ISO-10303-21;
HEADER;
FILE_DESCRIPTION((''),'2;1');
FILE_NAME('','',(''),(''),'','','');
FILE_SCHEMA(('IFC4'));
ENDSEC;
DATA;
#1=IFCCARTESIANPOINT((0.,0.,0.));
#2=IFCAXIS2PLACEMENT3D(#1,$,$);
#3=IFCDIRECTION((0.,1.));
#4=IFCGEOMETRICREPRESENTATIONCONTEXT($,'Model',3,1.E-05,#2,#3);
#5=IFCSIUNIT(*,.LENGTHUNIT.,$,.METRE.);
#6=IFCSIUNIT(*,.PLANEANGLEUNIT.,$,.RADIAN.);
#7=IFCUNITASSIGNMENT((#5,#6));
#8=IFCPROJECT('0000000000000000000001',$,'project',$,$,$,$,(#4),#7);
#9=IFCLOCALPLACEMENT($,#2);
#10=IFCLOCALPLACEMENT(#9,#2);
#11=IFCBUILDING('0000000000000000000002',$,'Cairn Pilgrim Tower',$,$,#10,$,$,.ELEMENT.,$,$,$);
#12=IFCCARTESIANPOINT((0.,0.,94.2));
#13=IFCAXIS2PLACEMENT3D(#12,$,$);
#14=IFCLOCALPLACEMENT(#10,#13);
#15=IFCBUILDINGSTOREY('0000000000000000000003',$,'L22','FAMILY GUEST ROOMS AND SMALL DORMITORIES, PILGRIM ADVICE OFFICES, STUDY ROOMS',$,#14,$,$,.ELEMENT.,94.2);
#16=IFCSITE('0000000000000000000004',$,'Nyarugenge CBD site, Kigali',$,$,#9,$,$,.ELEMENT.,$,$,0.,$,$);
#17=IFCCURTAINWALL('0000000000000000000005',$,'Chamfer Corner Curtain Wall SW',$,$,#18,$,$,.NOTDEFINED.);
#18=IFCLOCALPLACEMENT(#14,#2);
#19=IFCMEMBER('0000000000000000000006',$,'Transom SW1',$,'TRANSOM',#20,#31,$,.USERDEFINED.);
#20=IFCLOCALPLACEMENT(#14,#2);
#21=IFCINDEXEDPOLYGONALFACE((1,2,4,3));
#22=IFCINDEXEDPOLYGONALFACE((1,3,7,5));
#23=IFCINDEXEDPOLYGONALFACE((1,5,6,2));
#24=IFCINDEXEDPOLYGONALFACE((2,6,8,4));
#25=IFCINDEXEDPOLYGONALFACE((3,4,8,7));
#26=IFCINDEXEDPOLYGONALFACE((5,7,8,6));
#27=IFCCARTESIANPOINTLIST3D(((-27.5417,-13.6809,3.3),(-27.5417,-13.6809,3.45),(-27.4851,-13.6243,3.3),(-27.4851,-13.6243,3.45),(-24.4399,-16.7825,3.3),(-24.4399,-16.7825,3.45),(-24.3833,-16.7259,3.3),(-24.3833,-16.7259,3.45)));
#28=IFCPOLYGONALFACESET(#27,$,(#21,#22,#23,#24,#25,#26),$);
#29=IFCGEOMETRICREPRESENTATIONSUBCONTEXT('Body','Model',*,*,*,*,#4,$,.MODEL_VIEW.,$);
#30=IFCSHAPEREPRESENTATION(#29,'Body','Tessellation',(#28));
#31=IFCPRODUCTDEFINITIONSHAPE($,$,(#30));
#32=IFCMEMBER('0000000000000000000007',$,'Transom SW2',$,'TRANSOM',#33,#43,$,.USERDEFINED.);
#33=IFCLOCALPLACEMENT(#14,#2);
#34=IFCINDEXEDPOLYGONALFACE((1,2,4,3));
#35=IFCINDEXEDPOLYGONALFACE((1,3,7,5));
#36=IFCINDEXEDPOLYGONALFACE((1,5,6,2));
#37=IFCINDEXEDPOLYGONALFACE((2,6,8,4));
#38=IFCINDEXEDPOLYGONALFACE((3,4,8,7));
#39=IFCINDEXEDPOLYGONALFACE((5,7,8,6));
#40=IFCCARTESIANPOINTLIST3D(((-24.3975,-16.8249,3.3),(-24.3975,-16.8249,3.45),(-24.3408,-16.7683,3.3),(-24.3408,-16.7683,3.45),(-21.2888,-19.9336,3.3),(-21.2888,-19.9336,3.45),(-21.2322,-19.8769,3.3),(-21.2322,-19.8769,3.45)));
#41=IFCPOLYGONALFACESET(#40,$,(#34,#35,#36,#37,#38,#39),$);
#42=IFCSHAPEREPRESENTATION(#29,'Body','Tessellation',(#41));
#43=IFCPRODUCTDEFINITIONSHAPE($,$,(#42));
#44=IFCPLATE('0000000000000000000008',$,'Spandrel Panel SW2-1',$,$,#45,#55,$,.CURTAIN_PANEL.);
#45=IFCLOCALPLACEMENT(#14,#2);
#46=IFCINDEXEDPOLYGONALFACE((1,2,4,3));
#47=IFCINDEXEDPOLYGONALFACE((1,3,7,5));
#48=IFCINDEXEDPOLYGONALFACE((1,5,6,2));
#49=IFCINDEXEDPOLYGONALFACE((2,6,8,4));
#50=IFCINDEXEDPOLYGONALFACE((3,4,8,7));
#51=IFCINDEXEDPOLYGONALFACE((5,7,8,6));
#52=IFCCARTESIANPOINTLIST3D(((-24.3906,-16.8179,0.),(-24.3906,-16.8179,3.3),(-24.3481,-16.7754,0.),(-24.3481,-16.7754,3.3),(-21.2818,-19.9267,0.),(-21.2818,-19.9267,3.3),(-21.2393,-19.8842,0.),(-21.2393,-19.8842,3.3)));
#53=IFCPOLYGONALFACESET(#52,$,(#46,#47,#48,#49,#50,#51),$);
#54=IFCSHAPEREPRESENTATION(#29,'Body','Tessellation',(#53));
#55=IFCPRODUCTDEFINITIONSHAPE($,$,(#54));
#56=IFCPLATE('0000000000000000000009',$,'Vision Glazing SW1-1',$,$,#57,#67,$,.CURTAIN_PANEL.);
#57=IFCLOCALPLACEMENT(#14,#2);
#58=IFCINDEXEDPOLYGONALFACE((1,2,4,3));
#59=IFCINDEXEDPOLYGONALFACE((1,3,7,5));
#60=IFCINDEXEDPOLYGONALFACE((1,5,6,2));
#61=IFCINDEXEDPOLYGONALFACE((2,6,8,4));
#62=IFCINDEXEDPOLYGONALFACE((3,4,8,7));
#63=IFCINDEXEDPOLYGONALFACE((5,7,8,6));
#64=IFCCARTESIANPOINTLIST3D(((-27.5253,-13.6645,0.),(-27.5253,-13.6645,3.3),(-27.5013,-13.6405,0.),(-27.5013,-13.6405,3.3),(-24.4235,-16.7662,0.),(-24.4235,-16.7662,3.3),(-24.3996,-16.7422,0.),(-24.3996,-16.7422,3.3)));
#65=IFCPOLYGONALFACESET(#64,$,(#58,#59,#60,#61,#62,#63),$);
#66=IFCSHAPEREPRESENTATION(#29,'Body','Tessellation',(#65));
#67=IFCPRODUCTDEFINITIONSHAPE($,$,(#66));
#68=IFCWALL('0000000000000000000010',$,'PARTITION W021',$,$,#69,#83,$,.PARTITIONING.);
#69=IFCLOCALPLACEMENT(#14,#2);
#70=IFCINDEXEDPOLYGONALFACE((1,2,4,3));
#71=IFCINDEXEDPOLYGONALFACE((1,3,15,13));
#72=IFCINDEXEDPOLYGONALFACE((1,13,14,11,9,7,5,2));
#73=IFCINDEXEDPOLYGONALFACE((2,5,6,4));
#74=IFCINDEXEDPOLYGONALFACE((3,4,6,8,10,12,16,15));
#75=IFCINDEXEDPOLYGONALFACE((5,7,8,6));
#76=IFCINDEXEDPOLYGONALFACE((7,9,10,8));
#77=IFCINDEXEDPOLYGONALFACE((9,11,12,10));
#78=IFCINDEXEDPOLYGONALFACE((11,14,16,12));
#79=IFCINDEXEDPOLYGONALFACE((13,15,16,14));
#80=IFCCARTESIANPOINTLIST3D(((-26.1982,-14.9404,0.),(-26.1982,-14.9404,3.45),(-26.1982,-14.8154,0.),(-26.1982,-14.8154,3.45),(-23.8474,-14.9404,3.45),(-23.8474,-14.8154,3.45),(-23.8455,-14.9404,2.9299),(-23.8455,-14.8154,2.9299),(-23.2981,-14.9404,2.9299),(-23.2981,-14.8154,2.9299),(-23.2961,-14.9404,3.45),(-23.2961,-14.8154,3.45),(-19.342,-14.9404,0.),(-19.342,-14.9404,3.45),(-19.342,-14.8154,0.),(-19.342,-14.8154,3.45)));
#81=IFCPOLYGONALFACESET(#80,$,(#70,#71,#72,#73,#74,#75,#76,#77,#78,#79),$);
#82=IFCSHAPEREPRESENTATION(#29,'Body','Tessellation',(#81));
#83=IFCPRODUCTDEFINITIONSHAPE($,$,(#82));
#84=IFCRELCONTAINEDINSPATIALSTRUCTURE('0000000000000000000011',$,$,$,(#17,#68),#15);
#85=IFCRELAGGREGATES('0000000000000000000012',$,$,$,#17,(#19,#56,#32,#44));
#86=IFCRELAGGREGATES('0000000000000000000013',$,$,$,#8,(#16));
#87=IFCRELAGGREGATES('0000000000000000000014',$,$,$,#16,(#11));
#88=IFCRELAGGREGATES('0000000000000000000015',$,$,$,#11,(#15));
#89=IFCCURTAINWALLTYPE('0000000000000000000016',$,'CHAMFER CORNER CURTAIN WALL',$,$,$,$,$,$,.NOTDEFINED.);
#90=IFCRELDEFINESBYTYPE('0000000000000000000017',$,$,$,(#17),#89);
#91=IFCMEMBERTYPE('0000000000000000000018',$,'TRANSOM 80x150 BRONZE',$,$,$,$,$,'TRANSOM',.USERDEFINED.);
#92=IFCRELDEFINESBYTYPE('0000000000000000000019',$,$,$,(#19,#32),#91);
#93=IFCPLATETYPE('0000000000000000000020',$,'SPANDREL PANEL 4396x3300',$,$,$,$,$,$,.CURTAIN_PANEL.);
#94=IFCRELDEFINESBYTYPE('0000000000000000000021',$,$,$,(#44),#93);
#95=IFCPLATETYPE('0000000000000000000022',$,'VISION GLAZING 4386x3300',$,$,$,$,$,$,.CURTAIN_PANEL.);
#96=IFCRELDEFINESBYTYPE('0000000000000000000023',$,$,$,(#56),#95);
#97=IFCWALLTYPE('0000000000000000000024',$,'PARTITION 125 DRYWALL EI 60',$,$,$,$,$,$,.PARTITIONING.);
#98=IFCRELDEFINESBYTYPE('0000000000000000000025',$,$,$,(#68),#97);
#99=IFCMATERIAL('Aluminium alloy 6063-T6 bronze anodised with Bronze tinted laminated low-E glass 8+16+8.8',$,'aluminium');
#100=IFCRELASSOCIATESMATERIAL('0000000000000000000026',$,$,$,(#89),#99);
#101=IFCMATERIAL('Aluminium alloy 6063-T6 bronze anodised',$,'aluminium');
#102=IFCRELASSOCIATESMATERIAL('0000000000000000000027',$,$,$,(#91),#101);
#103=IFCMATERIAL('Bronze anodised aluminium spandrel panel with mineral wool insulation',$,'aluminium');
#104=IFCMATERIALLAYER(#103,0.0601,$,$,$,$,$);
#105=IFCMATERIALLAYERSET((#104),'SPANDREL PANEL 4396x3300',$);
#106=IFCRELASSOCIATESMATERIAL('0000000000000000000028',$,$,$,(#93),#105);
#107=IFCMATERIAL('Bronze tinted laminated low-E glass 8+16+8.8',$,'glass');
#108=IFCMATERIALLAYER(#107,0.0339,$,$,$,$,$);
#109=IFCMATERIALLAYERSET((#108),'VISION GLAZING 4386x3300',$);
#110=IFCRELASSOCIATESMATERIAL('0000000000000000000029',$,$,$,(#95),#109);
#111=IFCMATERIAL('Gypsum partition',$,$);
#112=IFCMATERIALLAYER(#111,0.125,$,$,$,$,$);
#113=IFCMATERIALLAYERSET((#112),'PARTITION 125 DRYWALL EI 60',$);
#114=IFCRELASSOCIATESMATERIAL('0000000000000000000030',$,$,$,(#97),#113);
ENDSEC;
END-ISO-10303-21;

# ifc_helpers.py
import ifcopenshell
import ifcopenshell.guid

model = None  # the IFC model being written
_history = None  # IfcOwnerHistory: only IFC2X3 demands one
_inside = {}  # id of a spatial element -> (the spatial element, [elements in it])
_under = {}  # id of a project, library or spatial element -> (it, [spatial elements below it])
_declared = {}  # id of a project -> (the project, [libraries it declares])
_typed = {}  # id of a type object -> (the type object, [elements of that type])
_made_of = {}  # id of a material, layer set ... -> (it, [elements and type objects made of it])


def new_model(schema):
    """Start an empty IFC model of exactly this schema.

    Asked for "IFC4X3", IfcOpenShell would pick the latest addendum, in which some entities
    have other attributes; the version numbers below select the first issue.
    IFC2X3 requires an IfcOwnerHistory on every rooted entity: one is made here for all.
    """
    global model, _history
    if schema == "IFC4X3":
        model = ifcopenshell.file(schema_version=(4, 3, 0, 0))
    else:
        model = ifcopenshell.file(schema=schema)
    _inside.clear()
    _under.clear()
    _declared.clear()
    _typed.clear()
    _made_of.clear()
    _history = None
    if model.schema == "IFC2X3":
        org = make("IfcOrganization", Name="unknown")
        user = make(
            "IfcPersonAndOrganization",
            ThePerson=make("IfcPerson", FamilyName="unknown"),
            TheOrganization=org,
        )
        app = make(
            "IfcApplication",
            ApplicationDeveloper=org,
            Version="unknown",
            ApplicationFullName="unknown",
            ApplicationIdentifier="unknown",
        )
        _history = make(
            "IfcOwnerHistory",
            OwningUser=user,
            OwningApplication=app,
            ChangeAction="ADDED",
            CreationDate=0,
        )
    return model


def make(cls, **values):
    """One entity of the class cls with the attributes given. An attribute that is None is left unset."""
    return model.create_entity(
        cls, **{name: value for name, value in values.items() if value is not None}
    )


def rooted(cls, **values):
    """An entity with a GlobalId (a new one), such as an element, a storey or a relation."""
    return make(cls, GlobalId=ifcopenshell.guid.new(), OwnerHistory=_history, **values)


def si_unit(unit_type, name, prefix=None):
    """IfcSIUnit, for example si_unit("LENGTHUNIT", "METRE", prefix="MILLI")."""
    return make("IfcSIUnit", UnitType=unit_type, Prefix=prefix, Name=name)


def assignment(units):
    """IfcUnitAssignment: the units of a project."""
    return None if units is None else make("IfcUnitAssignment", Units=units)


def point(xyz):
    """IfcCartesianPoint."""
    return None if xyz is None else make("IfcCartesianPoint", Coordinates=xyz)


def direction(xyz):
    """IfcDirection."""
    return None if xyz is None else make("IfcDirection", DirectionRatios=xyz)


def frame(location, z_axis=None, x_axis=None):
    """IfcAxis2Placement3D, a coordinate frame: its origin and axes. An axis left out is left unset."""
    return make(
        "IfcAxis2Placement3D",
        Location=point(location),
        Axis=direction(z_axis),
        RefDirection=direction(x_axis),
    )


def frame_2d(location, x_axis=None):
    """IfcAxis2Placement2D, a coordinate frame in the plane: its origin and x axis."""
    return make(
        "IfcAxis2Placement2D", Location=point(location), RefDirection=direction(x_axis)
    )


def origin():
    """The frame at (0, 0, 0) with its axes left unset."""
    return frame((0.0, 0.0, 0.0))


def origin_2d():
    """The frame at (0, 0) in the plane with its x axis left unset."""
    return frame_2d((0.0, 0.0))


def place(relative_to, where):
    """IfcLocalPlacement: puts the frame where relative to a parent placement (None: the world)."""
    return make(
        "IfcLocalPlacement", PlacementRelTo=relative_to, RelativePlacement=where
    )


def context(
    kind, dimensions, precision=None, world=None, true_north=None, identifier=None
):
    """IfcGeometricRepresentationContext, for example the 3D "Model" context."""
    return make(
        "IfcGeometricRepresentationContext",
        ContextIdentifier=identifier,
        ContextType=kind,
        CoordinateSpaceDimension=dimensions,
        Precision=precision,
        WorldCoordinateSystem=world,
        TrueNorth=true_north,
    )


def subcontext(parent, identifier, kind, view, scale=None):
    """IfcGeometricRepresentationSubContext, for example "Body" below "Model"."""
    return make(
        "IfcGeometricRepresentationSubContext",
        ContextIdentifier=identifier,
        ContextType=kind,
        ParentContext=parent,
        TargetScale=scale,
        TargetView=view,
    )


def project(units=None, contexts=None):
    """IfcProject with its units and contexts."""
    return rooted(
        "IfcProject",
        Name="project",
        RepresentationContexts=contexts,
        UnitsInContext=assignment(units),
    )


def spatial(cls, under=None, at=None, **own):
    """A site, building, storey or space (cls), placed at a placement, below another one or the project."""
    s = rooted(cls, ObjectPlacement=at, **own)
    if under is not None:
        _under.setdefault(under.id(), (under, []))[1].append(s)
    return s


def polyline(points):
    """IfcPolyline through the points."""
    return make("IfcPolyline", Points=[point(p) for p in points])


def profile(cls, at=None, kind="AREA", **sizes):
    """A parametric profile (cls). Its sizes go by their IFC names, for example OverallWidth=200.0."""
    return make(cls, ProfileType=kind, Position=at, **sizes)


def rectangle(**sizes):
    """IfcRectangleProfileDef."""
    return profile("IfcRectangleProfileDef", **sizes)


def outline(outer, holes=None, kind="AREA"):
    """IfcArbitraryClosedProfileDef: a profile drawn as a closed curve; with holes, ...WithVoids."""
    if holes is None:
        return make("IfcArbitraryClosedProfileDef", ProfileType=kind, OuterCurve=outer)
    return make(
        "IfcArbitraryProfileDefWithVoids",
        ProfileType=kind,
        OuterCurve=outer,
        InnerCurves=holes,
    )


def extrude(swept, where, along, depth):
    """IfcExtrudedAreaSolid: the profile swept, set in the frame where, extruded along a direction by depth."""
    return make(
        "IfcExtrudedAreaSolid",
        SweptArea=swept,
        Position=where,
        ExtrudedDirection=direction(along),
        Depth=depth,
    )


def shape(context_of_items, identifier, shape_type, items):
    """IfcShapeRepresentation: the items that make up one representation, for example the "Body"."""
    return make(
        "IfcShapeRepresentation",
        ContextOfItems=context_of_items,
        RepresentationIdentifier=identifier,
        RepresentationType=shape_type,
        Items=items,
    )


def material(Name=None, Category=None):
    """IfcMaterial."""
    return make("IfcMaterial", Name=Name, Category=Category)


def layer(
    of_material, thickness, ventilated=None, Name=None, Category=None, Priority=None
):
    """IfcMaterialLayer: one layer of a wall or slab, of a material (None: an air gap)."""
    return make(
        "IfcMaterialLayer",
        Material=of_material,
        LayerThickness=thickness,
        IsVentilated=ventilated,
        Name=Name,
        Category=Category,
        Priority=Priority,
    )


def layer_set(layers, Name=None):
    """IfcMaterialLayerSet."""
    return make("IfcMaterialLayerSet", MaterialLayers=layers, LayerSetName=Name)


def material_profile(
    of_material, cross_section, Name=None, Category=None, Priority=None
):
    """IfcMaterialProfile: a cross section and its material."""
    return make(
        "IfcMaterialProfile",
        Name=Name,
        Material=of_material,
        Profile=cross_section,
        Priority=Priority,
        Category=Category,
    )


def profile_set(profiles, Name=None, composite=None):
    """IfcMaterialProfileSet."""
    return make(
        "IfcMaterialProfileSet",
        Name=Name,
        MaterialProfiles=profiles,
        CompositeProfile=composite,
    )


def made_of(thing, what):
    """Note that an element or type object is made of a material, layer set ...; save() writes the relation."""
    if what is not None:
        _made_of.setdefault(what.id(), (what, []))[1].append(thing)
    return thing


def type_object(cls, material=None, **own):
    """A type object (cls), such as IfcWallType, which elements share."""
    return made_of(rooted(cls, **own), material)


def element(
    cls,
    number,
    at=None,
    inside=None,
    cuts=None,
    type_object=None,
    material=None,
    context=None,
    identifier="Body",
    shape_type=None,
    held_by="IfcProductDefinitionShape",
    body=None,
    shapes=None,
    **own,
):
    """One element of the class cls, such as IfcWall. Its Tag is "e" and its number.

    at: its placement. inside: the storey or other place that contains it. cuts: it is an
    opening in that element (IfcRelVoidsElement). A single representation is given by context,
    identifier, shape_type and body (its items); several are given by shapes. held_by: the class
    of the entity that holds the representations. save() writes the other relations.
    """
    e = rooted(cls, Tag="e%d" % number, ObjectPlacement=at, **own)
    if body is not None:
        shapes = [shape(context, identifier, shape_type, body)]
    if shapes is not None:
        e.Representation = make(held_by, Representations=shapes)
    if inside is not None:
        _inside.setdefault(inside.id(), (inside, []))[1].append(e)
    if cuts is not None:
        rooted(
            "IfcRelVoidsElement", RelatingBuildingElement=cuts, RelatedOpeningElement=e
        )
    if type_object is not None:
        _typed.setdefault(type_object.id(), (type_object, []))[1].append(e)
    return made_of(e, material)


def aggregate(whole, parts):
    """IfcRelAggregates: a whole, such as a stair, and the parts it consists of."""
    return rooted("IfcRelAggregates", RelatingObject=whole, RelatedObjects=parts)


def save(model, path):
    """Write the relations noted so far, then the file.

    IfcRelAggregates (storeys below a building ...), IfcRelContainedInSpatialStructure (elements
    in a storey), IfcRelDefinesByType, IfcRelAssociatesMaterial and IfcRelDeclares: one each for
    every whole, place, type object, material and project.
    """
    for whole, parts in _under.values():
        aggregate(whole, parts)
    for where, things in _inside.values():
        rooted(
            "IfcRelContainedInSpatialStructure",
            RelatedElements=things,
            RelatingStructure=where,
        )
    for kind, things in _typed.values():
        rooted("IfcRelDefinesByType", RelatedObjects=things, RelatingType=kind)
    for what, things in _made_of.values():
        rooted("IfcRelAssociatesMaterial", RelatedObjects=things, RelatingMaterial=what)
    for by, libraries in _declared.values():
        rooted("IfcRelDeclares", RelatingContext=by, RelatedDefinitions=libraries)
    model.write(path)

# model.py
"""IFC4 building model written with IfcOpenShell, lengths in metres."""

from ifc_helpers import new_model, si_unit, direction, frame, origin, origin_2d, place, context, subcontext, project, spatial, polyline, rectangle, outline, extrude, material, layer, layer_set, material_profile, profile_set, type_object, element, aggregate, save


model = new_model("IFC4")

# Units and contexts
model_context = context("Model", 3, precision=1e-05, world=origin(), true_north=direction((0.0, 1.0)))
body_context = subcontext(model_context, "Body", "Model", "MODEL_VIEW")
ifc_project = project(units=[si_unit("LENGTHUNIT", "METRE"), si_unit("PLANEANGLEUNIT", "RADIAN")], contexts=[model_context])

# Site, building, storey
site_placement = place(None, origin())
site = spatial("IfcSite", under=ifc_project, at=site_placement, Name="Nyarugenge CBD site, Kigali", CompositionType="ELEMENT", RefElevation=0.0)
building_placement = place(site_placement, origin())
building = spatial("IfcBuilding", under=site, at=building_placement, Name="Cairn Pilgrim Tower", CompositionType="ELEMENT")
storey_placement = place(building_placement, frame((0.0, 0.0, 94.2)))
storey = spatial("IfcBuildingStorey", under=building, at=storey_placement, Name="L22", Description="FAMILY GUEST ROOMS AND SMALL DORMITORIES, PILGRIM ADVICE OFFICES, STUDY ROOMS", CompositionType="ELEMENT", Elevation=94.2)

# Curtain wall
ifc_material_1 = material(Name="Aluminium alloy 6063-T6 bronze anodised with Bronze tinted laminated low-E glass 8+16+8.8", Category="aluminium")
curtain_wall_type = type_object("IfcCurtainWallType", Name="CHAMFER CORNER CURTAIN WALL", PredefinedType="NOTDEFINED", material=ifc_material_1)
curtain_wall_placement = place(storey_placement, origin())
curtain_wall = element("IfcCurtainWall", 1, at=curtain_wall_placement, inside=storey, type_object=curtain_wall_type, Name="Chamfer Corner Curtain Wall SW", PredefinedType="NOTDEFINED")
ifc_material_2 = material(Name="Aluminium alloy 6063-T6 bronze anodised", Category="aluminium")

# Members
ifc_material_profile_1 = material_profile(ifc_material_2, rectangle(XDim=0.0801, YDim=0.1499, at=origin_2d()), Name="TRANSOM 80x150 BRONZE")
ifc_profile_set_1 = profile_set([ifc_material_profile_1], Name="Aluminium alloy 6063-T6 bronze anodised")
member_type_1 = type_object("IfcMemberType", Name="TRANSOM 80x150 BRONZE", ElementType="TRANSOM", PredefinedType="USERDEFINED", material=ifc_profile_set_1)
member_1_placement = place(storey_placement, frame((-27.5134, -13.6526, 3.375), z_axis=(0.707135, -0.707079, 0.0), x_axis=(0.707079, 0.707135, 0.0)))
member_1 = element("IfcMember", 2, at=member_1_placement, type_object=member_type_1, Name="Transom SW1", ObjectType="TRANSOM", PredefinedType="USERDEFINED", context=body_context, shape_type="SweptSolid", body=[
    extrude(rectangle(XDim=0.0801, YDim=0.1499, at=origin_2d()), origin(), (0.0, 0.0, 1.0), 4.3865),
])
member_2_placement = place(storey_placement, frame((-24.3691, -16.7966, 3.375), z_axis=(0.707107, -0.707107, 0.0), x_axis=(0.707107, 0.707107, 0.0)))
member_2 = element("IfcMember", 3, at=member_2_placement, type_object=member_type_1, Name="Transom SW2", ObjectType="TRANSOM", PredefinedType="USERDEFINED", context=body_context, shape_type="SweptSolid", body=[
    extrude(rectangle(XDim=0.0801, YDim=0.1499, at=origin_2d()), origin(), (0.0, 0.0, 1.0), 4.3962),
])

# Plates
ifc_material_3 = material(Name="Bronze anodised aluminium spandrel panel with mineral wool insulation", Category="aluminium")
ifc_layer_1 = layer(ifc_material_3, 0.0601)
ifc_layer_set_1 = layer_set([ifc_layer_1], Name="SPANDREL PANEL 4396x3300")
plate_type_1 = type_object("IfcPlateType", Name="SPANDREL PANEL 4396x3300", PredefinedType="CURTAIN_PANEL", material=ifc_layer_set_1)
plate_1_placement = place(storey_placement, frame((-22.8149, -18.3511, 0.0), z_axis=(0.0, 0.0, 1.0), x_axis=(0.707107, -0.707107, 0.0)))
plate_1 = element("IfcPlate", 4, at=plate_1_placement, type_object=plate_type_1, Name="Spandrel Panel SW2-1", PredefinedType="CURTAIN_PANEL", context=body_context, shape_type="SweptSolid", body=[
    extrude(rectangle(XDim=4.3965, YDim=0.0601, at=origin_2d()), origin(), (0.0, 0.0, 1.0), 3.3),
])
ifc_material_4 = material(Name="Bronze tinted laminated low-E glass 8+16+8.8", Category="glass")
ifc_layer_2 = layer(ifc_material_4, 0.0339)
ifc_layer_set_2 = layer_set([ifc_layer_2], Name="VISION GLAZING 4386x3300")
plate_type_2 = type_object("IfcPlateType", Name="VISION GLAZING 4386x3300", PredefinedType="CURTAIN_PANEL", material=ifc_layer_set_2)
plate_2_placement = place(storey_placement, frame((-25.9624, -15.2034, 0.0), z_axis=(0.0, 0.0, 1.0), x_axis=(0.707107, -0.707107, 0.0)))
plate_2 = element("IfcPlate", 5, at=plate_2_placement, type_object=plate_type_2, Name="Vision Glazing SW1-1", PredefinedType="CURTAIN_PANEL", context=body_context, shape_type="SweptSolid", body=[
    extrude(rectangle(XDim=4.3865, YDim=0.0339, at=origin_2d()), origin(), (0.0, 0.0, 1.0), 3.3),
])
aggregate(curtain_wall, [member_1, plate_2, member_2, plate_1])

# Wall
ifc_material_5 = material(Name="Gypsum partition")
ifc_layer_3 = layer(ifc_material_5, 0.125)
ifc_layer_set_3 = layer_set([ifc_layer_3], Name="PARTITION 125 DRYWALL EI 60")
wall_type = type_object("IfcWallType", Name="PARTITION 125 DRYWALL EI 60", PredefinedType="PARTITIONING", material=ifc_layer_set_3)
wall_placement = place(storey_placement, frame((-26.1982, -14.8779, 0.0), z_axis=(0.0, 0.0, 1.0), x_axis=(1.0, 0.0, 0.0)))
element("IfcWall", 6, at=wall_placement, inside=storey, type_object=wall_type, Name="PARTITION W021", PredefinedType="PARTITIONING", context=body_context, shape_type="SweptSolid", body=[
    extrude(outline(polyline([(0.0, 0.0), (6.8562, 0.0), (6.8562, 3.45), (2.9021, 3.45), (2.9001, 2.9299), (2.3528, 2.9299), (2.3508, 3.45), (0.0, 3.45), (0.0, 0.0)])), frame((0.0, 0.0625, 0.0), z_axis=(0.0, -1.0, 0.0), x_axis=(1.0, 0.0, 0.0)), (0.0, 0.0, 1.0), 0.125),
])

save(model, "model.ifc")
